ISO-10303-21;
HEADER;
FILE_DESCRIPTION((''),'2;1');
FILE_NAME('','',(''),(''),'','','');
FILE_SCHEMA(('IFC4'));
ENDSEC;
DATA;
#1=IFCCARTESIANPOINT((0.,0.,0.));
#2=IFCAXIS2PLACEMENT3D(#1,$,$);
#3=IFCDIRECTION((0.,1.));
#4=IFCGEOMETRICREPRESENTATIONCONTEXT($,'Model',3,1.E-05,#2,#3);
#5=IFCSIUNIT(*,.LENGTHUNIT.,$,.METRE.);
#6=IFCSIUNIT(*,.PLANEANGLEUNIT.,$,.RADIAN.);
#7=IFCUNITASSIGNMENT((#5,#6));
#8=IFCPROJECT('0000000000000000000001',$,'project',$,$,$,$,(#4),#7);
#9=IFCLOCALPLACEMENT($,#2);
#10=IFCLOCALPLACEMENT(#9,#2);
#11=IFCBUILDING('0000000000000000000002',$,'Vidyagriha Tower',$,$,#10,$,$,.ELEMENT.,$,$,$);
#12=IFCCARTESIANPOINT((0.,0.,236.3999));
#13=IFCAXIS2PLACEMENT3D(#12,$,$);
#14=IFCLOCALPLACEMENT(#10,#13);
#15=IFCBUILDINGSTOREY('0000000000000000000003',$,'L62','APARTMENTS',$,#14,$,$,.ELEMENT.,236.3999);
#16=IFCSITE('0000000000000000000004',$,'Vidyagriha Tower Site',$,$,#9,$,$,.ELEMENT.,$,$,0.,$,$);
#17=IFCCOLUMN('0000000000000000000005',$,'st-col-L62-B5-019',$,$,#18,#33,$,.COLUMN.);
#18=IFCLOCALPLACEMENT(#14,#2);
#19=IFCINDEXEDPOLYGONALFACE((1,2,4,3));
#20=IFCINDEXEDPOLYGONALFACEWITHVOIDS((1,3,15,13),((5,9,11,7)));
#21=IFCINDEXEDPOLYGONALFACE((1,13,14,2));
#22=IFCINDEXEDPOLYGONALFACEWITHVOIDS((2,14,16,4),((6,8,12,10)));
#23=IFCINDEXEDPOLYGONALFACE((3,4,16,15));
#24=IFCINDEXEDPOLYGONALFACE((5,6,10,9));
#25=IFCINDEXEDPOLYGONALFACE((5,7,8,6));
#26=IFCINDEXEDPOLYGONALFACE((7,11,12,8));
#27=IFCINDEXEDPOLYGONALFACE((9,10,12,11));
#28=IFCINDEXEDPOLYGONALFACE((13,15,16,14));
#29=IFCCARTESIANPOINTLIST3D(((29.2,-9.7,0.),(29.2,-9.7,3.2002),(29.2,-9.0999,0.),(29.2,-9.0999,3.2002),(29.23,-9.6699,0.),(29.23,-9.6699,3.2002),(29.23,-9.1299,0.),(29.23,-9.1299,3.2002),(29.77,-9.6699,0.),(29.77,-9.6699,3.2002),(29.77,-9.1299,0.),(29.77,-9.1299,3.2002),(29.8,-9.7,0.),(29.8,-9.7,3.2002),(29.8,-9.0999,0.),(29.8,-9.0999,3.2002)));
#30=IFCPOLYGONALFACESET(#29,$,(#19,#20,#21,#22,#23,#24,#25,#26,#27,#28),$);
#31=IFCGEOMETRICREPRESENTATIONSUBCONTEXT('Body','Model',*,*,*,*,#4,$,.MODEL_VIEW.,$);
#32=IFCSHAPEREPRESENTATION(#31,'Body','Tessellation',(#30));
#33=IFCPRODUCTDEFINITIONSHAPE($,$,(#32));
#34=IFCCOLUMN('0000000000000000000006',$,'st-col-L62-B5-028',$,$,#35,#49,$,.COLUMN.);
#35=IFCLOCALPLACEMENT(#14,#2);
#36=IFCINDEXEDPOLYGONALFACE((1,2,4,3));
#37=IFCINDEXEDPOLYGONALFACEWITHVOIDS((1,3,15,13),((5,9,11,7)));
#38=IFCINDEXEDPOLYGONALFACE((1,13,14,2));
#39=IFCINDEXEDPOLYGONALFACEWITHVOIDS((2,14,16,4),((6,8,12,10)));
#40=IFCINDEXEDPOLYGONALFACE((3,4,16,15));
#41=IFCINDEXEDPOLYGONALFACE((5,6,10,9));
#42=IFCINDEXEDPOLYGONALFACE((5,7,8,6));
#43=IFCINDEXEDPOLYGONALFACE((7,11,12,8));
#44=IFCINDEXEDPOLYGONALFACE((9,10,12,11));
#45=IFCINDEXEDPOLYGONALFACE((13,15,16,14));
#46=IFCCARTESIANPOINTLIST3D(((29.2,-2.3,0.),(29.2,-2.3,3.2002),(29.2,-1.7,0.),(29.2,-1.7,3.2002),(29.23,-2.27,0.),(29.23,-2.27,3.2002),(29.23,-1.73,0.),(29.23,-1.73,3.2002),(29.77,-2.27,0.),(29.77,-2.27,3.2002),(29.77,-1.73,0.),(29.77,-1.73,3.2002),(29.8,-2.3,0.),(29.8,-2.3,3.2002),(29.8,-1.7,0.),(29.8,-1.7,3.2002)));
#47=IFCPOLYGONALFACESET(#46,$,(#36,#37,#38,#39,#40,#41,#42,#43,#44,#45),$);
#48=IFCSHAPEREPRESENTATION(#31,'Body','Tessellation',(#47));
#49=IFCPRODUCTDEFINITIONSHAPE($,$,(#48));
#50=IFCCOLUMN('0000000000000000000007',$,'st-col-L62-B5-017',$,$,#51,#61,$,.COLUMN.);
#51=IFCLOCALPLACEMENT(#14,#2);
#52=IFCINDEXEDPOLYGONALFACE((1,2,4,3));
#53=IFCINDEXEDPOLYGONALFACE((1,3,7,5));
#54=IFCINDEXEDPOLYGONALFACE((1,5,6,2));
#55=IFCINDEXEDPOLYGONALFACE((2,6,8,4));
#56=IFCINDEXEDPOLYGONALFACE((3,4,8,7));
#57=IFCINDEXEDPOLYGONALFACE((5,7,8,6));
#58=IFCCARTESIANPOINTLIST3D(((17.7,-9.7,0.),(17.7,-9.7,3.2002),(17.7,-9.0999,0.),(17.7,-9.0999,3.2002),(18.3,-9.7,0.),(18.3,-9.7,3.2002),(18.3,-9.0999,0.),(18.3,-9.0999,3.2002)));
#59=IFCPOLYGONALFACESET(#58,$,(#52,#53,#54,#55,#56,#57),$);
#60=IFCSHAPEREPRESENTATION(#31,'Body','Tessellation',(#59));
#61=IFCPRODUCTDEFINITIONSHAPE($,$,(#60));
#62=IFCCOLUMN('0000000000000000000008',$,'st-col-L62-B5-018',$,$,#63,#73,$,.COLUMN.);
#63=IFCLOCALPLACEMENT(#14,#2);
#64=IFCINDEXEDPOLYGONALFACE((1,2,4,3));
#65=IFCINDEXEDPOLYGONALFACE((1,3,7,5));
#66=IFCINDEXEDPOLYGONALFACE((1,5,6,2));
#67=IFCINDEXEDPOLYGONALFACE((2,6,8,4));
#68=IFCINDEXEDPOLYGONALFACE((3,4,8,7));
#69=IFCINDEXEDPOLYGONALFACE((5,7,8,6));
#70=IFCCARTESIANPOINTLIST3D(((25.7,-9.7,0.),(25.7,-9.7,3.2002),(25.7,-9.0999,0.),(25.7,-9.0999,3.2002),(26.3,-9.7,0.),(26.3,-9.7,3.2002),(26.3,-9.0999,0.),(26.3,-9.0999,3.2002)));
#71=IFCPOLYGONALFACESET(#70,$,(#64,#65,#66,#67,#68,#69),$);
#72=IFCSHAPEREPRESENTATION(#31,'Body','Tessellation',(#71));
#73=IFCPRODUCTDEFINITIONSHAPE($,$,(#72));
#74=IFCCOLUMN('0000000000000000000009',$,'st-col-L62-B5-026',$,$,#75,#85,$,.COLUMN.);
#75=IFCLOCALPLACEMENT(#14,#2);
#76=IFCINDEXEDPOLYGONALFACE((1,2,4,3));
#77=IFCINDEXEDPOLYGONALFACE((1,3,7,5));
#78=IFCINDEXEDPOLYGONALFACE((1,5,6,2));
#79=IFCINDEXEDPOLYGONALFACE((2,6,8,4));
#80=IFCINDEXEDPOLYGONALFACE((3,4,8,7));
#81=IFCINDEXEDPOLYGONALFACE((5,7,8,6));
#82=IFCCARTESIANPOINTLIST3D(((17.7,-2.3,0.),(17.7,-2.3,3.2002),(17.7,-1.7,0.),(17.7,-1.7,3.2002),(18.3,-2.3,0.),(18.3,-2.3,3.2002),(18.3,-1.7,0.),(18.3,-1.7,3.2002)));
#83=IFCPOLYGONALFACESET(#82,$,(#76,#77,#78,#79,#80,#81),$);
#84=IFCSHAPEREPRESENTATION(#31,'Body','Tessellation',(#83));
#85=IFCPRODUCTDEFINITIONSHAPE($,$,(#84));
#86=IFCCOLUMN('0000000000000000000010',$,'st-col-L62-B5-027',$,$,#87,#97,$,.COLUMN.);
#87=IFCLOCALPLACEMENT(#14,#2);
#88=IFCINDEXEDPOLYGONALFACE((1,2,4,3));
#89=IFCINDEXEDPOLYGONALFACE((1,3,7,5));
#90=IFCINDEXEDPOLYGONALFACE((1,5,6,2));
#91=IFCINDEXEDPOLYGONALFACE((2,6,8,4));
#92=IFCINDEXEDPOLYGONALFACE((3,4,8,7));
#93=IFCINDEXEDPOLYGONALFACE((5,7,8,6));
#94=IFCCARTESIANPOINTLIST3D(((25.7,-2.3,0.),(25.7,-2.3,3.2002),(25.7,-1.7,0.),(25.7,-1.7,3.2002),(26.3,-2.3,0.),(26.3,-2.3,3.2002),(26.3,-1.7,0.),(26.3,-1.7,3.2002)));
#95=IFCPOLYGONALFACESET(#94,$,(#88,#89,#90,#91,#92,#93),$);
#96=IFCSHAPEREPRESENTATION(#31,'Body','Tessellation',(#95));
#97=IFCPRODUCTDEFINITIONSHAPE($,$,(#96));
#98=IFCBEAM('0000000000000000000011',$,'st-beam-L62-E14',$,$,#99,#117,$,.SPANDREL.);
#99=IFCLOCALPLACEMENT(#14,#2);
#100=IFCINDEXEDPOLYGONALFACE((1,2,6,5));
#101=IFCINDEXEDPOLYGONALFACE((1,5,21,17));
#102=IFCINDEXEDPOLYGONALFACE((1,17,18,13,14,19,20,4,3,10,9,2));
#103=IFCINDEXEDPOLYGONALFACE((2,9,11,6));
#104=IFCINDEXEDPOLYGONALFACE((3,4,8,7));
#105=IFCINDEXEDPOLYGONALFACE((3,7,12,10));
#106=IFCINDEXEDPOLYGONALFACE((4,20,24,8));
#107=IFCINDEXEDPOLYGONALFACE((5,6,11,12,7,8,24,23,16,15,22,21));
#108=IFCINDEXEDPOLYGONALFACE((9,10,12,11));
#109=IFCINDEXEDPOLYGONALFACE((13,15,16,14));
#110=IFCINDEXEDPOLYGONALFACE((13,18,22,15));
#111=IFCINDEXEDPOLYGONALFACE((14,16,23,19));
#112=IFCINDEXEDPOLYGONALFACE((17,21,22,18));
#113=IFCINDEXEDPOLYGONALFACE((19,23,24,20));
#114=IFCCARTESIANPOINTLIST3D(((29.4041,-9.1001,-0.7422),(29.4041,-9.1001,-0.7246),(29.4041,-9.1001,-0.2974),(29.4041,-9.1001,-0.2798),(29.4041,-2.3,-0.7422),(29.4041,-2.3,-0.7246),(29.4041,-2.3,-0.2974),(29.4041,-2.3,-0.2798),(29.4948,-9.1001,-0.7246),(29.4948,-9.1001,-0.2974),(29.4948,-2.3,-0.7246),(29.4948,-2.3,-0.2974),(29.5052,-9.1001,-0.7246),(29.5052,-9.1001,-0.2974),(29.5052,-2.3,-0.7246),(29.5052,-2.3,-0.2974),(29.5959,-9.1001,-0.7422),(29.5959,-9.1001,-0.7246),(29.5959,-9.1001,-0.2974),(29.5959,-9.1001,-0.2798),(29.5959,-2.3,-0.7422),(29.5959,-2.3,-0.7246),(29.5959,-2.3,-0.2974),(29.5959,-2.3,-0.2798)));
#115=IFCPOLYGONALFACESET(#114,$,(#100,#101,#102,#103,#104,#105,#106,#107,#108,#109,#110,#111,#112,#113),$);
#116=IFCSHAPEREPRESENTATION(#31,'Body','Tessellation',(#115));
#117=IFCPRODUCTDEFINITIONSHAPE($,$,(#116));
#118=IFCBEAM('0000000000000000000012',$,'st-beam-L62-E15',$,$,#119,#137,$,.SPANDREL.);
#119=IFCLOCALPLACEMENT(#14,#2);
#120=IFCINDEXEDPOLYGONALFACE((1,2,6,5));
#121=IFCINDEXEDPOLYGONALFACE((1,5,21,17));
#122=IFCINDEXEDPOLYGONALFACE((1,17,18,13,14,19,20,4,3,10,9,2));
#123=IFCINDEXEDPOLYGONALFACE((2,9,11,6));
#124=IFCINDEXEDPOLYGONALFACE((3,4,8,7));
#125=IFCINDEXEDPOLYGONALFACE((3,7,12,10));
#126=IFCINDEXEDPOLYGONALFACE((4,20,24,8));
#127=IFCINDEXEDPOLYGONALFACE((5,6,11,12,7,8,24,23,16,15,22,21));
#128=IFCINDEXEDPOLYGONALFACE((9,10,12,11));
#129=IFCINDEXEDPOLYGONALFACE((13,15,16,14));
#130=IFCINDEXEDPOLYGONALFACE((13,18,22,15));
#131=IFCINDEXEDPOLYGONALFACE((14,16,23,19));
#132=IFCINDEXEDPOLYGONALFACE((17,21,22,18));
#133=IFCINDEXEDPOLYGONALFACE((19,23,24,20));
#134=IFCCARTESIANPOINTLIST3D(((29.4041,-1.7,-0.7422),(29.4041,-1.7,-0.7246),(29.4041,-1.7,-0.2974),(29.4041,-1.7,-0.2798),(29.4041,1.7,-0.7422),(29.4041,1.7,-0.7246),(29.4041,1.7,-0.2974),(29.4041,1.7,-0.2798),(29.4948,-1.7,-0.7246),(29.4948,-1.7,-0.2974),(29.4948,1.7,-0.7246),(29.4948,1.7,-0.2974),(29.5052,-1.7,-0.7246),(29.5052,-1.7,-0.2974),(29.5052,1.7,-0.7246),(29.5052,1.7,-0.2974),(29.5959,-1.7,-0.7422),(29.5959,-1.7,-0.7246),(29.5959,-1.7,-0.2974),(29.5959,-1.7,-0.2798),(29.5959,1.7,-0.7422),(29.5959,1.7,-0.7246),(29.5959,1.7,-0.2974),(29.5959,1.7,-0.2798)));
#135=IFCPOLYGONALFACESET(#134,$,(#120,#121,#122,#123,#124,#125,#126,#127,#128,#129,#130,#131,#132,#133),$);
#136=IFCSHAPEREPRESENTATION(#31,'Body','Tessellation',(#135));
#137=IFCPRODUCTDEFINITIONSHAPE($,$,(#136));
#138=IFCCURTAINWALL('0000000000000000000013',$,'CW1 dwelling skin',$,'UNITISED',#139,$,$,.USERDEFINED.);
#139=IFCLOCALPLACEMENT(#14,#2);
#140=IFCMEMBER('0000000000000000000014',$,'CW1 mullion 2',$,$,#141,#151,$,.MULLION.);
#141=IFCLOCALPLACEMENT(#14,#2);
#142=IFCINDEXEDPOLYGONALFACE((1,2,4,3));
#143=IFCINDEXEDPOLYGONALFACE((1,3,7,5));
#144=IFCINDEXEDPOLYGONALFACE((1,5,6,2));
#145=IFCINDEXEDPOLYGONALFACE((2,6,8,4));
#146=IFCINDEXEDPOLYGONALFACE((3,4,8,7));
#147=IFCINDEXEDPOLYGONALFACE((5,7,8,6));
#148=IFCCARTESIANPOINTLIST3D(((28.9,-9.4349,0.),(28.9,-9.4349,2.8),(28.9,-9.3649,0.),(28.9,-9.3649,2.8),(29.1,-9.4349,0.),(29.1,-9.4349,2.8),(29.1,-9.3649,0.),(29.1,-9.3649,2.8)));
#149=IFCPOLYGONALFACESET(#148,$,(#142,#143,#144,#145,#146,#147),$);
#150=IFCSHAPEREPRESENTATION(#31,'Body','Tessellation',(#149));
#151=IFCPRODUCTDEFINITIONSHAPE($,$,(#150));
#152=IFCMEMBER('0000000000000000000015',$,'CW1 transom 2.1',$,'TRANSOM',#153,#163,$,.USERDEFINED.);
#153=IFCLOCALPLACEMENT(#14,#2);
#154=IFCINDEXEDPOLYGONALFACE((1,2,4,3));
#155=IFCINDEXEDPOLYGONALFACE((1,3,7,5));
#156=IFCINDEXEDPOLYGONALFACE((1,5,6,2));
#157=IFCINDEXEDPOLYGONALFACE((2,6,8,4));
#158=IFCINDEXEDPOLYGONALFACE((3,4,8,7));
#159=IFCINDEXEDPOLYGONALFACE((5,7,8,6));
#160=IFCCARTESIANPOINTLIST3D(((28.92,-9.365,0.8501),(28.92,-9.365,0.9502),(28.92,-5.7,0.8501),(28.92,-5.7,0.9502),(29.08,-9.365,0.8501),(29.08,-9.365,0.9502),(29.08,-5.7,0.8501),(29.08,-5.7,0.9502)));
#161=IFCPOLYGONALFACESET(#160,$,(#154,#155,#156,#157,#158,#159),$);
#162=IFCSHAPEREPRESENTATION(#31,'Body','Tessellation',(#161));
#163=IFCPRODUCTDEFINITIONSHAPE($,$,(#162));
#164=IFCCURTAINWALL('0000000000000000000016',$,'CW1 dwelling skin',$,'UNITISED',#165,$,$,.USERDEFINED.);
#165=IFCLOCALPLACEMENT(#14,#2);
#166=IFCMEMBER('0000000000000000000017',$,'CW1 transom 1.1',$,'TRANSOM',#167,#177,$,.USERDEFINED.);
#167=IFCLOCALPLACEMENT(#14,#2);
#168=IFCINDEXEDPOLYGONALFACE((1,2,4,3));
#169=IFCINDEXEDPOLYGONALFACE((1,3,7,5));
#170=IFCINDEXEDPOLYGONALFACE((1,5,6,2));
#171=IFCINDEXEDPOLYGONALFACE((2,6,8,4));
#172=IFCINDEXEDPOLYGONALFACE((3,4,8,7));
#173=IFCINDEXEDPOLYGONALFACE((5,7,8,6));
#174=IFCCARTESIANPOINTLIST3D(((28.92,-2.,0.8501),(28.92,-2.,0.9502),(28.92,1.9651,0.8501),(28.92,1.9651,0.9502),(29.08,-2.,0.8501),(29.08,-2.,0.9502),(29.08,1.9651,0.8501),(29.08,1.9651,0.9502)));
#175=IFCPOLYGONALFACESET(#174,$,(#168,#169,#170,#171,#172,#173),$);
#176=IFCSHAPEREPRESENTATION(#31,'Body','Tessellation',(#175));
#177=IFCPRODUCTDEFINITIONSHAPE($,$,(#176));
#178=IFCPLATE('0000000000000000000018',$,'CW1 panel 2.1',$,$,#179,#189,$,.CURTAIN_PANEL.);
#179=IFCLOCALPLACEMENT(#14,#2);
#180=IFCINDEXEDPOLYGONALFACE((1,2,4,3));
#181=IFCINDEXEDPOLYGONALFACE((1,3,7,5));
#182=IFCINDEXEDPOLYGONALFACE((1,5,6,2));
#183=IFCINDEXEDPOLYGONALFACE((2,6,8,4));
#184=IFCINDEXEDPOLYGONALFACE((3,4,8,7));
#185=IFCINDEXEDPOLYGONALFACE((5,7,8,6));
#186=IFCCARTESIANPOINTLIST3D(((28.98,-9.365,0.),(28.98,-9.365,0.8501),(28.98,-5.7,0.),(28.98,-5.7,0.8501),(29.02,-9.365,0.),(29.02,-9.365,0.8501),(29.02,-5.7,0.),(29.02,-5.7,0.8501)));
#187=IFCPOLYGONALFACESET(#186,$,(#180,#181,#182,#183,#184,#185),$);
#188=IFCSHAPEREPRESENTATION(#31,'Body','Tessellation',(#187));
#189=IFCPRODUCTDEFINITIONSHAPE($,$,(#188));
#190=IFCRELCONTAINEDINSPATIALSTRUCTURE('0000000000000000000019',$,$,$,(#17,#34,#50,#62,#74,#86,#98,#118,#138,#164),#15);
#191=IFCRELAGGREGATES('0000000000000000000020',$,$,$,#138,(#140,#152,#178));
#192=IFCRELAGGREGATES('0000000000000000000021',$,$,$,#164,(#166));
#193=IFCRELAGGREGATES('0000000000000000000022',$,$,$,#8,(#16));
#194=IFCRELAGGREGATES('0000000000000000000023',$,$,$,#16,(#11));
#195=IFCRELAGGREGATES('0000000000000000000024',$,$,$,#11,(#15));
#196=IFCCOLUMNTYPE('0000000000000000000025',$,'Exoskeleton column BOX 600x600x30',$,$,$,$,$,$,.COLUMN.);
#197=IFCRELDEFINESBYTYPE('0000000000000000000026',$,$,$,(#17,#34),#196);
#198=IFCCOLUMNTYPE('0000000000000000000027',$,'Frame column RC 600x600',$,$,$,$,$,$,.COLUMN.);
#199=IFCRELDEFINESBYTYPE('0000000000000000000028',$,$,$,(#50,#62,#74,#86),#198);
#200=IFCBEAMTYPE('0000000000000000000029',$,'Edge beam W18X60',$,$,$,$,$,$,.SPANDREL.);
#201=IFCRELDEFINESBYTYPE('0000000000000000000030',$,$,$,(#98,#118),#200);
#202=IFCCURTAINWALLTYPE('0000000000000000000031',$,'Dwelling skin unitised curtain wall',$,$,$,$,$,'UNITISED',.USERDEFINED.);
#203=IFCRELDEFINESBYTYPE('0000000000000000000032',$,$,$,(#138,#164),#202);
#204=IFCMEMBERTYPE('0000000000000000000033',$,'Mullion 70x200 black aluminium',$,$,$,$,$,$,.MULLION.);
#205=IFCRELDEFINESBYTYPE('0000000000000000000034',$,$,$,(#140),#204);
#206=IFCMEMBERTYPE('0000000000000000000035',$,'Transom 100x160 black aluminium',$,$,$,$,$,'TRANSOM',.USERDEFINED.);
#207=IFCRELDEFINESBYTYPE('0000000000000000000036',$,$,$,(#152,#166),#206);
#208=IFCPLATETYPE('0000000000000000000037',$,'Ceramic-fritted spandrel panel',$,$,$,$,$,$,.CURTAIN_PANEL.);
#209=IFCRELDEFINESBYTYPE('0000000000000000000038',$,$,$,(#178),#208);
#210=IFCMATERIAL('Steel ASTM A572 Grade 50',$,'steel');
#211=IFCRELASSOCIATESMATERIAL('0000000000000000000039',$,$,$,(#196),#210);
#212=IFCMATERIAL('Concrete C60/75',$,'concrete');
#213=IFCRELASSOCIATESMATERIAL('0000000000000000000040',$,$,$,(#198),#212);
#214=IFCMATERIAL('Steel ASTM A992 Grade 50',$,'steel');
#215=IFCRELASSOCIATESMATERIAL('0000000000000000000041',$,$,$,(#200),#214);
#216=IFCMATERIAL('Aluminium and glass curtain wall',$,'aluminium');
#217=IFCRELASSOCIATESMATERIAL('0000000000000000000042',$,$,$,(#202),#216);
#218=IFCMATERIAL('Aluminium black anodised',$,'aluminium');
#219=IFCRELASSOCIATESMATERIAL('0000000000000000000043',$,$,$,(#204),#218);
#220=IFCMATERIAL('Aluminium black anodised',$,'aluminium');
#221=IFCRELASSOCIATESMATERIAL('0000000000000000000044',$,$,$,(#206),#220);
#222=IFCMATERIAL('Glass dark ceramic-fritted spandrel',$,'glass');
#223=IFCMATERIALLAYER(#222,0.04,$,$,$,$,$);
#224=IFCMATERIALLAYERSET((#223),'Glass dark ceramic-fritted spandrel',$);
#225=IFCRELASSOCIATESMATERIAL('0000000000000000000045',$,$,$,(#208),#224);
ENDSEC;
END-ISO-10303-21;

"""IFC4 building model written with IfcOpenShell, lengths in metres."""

from ifc_helpers import new_model, si_unit, direction, frame, origin, origin_2d, place, context, subcontext, project, spatial, rectangle, hollow_rectangle, i_section, extrude, material, layer, layer_set, material_profile, profile_set, type_object, element, aggregate, save


model = new_model("IFC4")

# Units and contexts
model_context = context("Model", 3, precision=1e-05, world=origin(), true_north=direction((0.0, 1.0)))
body_context = subcontext(model_context, "Body", "Model", "MODEL_VIEW")
ifc_project = project(units=[si_unit("LENGTHUNIT", "METRE"), si_unit("PLANEANGLEUNIT", "RADIAN")], contexts=[model_context])

# Site, building, storey
site_placement = place(None, origin())
site = spatial("IfcSite", under=ifc_project, at=site_placement, Name="Vidyagriha Tower Site", CompositionType="ELEMENT", RefElevation=0.0)
building_placement = place(site_placement, origin())
building = spatial("IfcBuilding", under=site, at=building_placement, Name="Vidyagriha Tower", CompositionType="ELEMENT")
storey_placement = place(building_placement, frame((0.0, 0.0, 236.3999)))
storey = spatial("IfcBuildingStorey", under=building, at=storey_placement, Name="L62", Description="APARTMENTS", CompositionType="ELEMENT", Elevation=236.3999)

# Columns
ifc_material_1 = material(Name="Steel ASTM A572 Grade 50", Category="steel")
ifc_material_profile_1 = material_profile(ifc_material_1, hollow_rectangle(XDim=0.6001, YDim=0.6001, WallThickness=0.03, at=origin_2d()), Name="BOX 600x600x30")
ifc_profile_set_1 = profile_set([ifc_material_profile_1], Name="Steel ASTM A572 Grade 50")
column_type_1 = type_object("IfcColumnType", Name="Exoskeleton column BOX 600x600x30", PredefinedType="COLUMN", material=ifc_profile_set_1)
for number, where, name in (
    (1, (29.5, -9.3999, 0.0), "st-col-L62-B5-019"),
    (2, (29.5, -2.0, 0.0), "st-col-L62-B5-028"),
):
    element("IfcColumn", number, at=place(storey_placement, frame(where)), inside=storey, type_object=column_type_1, Name=name, PredefinedType="COLUMN", context=body_context, shape_type="SweptSolid", body=[
        extrude(hollow_rectangle(XDim=0.6001, YDim=0.6001, WallThickness=0.03, at=origin_2d()), origin(), (0.0, 0.0, 1.0), 3.2002),
    ])
ifc_material_2 = material(Name="Concrete C60/75", Category="concrete")
ifc_material_profile_2 = material_profile(ifc_material_2, rectangle(XDim=0.6001, YDim=0.6001, at=origin_2d()), Name="RC 600x600")
ifc_profile_set_2 = profile_set([ifc_material_profile_2], Name="Concrete C60/75")
column_type_2 = type_object("IfcColumnType", Name="Frame column RC 600x600", PredefinedType="COLUMN", material=ifc_profile_set_2)
for number, where, name in (
    (3, (18.0, -9.3999, 0.0), "st-col-L62-B5-017"),
    (4, (26.0, -9.3999, 0.0), "st-col-L62-B5-018"),
    (5, (18.0, -2.0, 0.0), "st-col-L62-B5-026"),
    (6, (26.0, -2.0, 0.0), "st-col-L62-B5-027"),
):
    element("IfcColumn", number, at=place(storey_placement, frame(where)), inside=storey, type_object=column_type_2, Name=name, PredefinedType="COLUMN", context=body_context, shape_type="SweptSolid", body=[
        extrude(rectangle(XDim=0.6001, YDim=0.6001, at=origin_2d()), origin(), (0.0, 0.0, 1.0), 3.2002),
    ])

# Beams
ifc_material_3 = material(Name="Steel ASTM A992 Grade 50", Category="steel")
ifc_material_profile_3 = material_profile(ifc_material_3, i_section(OverallWidth=0.1919, OverallDepth=0.4624, WebThickness=0.0105, FlangeThickness=0.0176, at=origin_2d()), Name="W18X60")
ifc_profile_set_3 = profile_set([ifc_material_profile_3], Name="Steel ASTM A992 Grade 50")
beam_type = type_object("IfcBeamType", Name="Edge beam W18X60", PredefinedType="SPANDREL", material=ifc_profile_set_3)
beam_1_placement = place(storey_placement, frame((29.5, -9.1001, -0.511), z_axis=(0.0, 1.0, 0.0), x_axis=(-1.0, 0.0, 0.0)))
element("IfcBeam", 7, at=beam_1_placement, inside=storey, type_object=beam_type, Name="st-beam-L62-E14", PredefinedType="SPANDREL", context=body_context, shape_type="SweptSolid", body=[
    extrude(i_section(OverallWidth=0.1919, OverallDepth=0.4624, WebThickness=0.0105, FlangeThickness=0.0176, at=origin_2d()), origin(), (0.0, 0.0, 1.0), 6.8),
])
beam_2_placement = place(storey_placement, frame((29.5, -1.7, -0.511), z_axis=(0.0, 1.0, 0.0), x_axis=(-1.0, 0.0, 0.0)))
element("IfcBeam", 8, at=beam_2_placement, inside=storey, type_object=beam_type, Name="st-beam-L62-E15", PredefinedType="SPANDREL", context=body_context, shape_type="SweptSolid", body=[
    extrude(i_section(OverallWidth=0.1919, OverallDepth=0.4624, WebThickness=0.0105, FlangeThickness=0.0176, at=origin_2d()), origin(), (0.0, 0.0, 1.0), 3.3999),
])

# Curtain wall, members
ifc_material_4 = material(Name="Aluminium and glass curtain wall", Category="aluminium")
curtain_wall_type = type_object("IfcCurtainWallType", Name="Dwelling skin unitised curtain wall", ElementType="UNITISED", PredefinedType="USERDEFINED", material=ifc_material_4)
curtain_wall_1_placement = place(storey_placement, origin())
curtain_wall_1 = element("IfcCurtainWall", 9, at=curtain_wall_1_placement, inside=storey, type_object=curtain_wall_type, Name="CW1 dwelling skin", ObjectType="UNITISED", PredefinedType="USERDEFINED")
ifc_material_5 = material(Name="Aluminium black anodised", Category="aluminium")
ifc_material_profile_4 = material_profile(ifc_material_5, rectangle(XDim=0.2, YDim=0.0701, at=origin_2d()), Name="Mullion 70x200 black aluminium")
ifc_profile_set_4 = profile_set([ifc_material_profile_4], Name="Aluminium black anodised")
member_type_1 = type_object("IfcMemberType", Name="Mullion 70x200 black aluminium", PredefinedType="MULLION", material=ifc_profile_set_4)
member_1_placement = place(storey_placement, frame((29.0, -9.3999, 0.0), z_axis=(0.0, 0.0, 1.0), x_axis=(-1.0, 0.0, 0.0)))
member_1 = element("IfcMember", 10, at=member_1_placement, type_object=member_type_1, Name="CW1 mullion 2", PredefinedType="MULLION", context=body_context, shape_type="SweptSolid", body=[
    extrude(rectangle(XDim=0.2, YDim=0.0701, at=origin_2d()), origin(), (0.0, 0.0, 1.0), 2.8),
])
ifc_material_6 = material(Name="Aluminium black anodised", Category="aluminium")
ifc_material_profile_5 = material_profile(ifc_material_6, rectangle(XDim=0.1599, YDim=0.1001, at=origin_2d()), Name="Transom 100x160 black aluminium")
ifc_profile_set_5 = profile_set([ifc_material_profile_5], Name="Aluminium black anodised")
member_type_2 = type_object("IfcMemberType", Name="Transom 100x160 black aluminium", ElementType="TRANSOM", PredefinedType="USERDEFINED", material=ifc_profile_set_5)
member_2_placement = place(storey_placement, frame((29.0, -9.365, 0.9001), z_axis=(0.0, 1.0, 0.0), x_axis=(-1.0, 0.0, 0.0)))
member_2 = element("IfcMember", 11, at=member_2_placement, type_object=member_type_2, Name="CW1 transom 2.1", ObjectType="TRANSOM", PredefinedType="USERDEFINED", context=body_context, shape_type="SweptSolid", body=[
    extrude(rectangle(XDim=0.1599, YDim=0.1001, at=origin_2d()), origin(), (0.0, 0.0, 1.0), 3.665),
])

# Curtain wall, member
curtain_wall_2_placement = place(storey_placement, origin())
curtain_wall_2 = element("IfcCurtainWall", 12, at=curtain_wall_2_placement, inside=storey, type_object=curtain_wall_type, Name="CW1 dwelling skin", ObjectType="UNITISED", PredefinedType="USERDEFINED")
member_3_placement = place(storey_placement, frame((29.0, -2.0, 0.9001), z_axis=(0.0, 1.0, 0.0), x_axis=(-1.0, 0.0, 0.0)))
member_3 = element("IfcMember", 13, at=member_3_placement, type_object=member_type_2, Name="CW1 transom 1.1", ObjectType="TRANSOM", PredefinedType="USERDEFINED", context=body_context, shape_type="SweptSolid", body=[
    extrude(rectangle(XDim=0.1599, YDim=0.1001, at=origin_2d()), origin(), (0.0, 0.0, 1.0), 3.9651),
])

# Plate
ifc_material_7 = material(Name="Glass dark ceramic-fritted spandrel", Category="glass")
ifc_layer_1 = layer(ifc_material_7, 0.04)
ifc_layer_set_1 = layer_set([ifc_layer_1], Name="Glass dark ceramic-fritted spandrel")
plate_type_1 = type_object("IfcPlateType", Name="Ceramic-fritted spandrel panel", PredefinedType="CURTAIN_PANEL", material=ifc_layer_set_1)
plate_1_placement = place(storey_placement, frame((29.0, -7.5325, 0.0), z_axis=(0.0, 0.0, 1.0), x_axis=(0.0, 1.0, 0.0)))
plate_1 = element("IfcPlate", 14, at=plate_1_placement, type_object=plate_type_1, Name="CW1 panel 2.1", PredefinedType="CURTAIN_PANEL", context=body_context, shape_type="SweptSolid", body=[
    extrude(rectangle(XDim=3.665, YDim=0.04, at=origin_2d()), origin(), (0.0, 0.0, 1.0), 0.8501),
])
aggregate(curtain_wall_1, [member_1, member_2, plate_1])
aggregate(curtain_wall_2, [member_3])

save(model, "model.ifc")
